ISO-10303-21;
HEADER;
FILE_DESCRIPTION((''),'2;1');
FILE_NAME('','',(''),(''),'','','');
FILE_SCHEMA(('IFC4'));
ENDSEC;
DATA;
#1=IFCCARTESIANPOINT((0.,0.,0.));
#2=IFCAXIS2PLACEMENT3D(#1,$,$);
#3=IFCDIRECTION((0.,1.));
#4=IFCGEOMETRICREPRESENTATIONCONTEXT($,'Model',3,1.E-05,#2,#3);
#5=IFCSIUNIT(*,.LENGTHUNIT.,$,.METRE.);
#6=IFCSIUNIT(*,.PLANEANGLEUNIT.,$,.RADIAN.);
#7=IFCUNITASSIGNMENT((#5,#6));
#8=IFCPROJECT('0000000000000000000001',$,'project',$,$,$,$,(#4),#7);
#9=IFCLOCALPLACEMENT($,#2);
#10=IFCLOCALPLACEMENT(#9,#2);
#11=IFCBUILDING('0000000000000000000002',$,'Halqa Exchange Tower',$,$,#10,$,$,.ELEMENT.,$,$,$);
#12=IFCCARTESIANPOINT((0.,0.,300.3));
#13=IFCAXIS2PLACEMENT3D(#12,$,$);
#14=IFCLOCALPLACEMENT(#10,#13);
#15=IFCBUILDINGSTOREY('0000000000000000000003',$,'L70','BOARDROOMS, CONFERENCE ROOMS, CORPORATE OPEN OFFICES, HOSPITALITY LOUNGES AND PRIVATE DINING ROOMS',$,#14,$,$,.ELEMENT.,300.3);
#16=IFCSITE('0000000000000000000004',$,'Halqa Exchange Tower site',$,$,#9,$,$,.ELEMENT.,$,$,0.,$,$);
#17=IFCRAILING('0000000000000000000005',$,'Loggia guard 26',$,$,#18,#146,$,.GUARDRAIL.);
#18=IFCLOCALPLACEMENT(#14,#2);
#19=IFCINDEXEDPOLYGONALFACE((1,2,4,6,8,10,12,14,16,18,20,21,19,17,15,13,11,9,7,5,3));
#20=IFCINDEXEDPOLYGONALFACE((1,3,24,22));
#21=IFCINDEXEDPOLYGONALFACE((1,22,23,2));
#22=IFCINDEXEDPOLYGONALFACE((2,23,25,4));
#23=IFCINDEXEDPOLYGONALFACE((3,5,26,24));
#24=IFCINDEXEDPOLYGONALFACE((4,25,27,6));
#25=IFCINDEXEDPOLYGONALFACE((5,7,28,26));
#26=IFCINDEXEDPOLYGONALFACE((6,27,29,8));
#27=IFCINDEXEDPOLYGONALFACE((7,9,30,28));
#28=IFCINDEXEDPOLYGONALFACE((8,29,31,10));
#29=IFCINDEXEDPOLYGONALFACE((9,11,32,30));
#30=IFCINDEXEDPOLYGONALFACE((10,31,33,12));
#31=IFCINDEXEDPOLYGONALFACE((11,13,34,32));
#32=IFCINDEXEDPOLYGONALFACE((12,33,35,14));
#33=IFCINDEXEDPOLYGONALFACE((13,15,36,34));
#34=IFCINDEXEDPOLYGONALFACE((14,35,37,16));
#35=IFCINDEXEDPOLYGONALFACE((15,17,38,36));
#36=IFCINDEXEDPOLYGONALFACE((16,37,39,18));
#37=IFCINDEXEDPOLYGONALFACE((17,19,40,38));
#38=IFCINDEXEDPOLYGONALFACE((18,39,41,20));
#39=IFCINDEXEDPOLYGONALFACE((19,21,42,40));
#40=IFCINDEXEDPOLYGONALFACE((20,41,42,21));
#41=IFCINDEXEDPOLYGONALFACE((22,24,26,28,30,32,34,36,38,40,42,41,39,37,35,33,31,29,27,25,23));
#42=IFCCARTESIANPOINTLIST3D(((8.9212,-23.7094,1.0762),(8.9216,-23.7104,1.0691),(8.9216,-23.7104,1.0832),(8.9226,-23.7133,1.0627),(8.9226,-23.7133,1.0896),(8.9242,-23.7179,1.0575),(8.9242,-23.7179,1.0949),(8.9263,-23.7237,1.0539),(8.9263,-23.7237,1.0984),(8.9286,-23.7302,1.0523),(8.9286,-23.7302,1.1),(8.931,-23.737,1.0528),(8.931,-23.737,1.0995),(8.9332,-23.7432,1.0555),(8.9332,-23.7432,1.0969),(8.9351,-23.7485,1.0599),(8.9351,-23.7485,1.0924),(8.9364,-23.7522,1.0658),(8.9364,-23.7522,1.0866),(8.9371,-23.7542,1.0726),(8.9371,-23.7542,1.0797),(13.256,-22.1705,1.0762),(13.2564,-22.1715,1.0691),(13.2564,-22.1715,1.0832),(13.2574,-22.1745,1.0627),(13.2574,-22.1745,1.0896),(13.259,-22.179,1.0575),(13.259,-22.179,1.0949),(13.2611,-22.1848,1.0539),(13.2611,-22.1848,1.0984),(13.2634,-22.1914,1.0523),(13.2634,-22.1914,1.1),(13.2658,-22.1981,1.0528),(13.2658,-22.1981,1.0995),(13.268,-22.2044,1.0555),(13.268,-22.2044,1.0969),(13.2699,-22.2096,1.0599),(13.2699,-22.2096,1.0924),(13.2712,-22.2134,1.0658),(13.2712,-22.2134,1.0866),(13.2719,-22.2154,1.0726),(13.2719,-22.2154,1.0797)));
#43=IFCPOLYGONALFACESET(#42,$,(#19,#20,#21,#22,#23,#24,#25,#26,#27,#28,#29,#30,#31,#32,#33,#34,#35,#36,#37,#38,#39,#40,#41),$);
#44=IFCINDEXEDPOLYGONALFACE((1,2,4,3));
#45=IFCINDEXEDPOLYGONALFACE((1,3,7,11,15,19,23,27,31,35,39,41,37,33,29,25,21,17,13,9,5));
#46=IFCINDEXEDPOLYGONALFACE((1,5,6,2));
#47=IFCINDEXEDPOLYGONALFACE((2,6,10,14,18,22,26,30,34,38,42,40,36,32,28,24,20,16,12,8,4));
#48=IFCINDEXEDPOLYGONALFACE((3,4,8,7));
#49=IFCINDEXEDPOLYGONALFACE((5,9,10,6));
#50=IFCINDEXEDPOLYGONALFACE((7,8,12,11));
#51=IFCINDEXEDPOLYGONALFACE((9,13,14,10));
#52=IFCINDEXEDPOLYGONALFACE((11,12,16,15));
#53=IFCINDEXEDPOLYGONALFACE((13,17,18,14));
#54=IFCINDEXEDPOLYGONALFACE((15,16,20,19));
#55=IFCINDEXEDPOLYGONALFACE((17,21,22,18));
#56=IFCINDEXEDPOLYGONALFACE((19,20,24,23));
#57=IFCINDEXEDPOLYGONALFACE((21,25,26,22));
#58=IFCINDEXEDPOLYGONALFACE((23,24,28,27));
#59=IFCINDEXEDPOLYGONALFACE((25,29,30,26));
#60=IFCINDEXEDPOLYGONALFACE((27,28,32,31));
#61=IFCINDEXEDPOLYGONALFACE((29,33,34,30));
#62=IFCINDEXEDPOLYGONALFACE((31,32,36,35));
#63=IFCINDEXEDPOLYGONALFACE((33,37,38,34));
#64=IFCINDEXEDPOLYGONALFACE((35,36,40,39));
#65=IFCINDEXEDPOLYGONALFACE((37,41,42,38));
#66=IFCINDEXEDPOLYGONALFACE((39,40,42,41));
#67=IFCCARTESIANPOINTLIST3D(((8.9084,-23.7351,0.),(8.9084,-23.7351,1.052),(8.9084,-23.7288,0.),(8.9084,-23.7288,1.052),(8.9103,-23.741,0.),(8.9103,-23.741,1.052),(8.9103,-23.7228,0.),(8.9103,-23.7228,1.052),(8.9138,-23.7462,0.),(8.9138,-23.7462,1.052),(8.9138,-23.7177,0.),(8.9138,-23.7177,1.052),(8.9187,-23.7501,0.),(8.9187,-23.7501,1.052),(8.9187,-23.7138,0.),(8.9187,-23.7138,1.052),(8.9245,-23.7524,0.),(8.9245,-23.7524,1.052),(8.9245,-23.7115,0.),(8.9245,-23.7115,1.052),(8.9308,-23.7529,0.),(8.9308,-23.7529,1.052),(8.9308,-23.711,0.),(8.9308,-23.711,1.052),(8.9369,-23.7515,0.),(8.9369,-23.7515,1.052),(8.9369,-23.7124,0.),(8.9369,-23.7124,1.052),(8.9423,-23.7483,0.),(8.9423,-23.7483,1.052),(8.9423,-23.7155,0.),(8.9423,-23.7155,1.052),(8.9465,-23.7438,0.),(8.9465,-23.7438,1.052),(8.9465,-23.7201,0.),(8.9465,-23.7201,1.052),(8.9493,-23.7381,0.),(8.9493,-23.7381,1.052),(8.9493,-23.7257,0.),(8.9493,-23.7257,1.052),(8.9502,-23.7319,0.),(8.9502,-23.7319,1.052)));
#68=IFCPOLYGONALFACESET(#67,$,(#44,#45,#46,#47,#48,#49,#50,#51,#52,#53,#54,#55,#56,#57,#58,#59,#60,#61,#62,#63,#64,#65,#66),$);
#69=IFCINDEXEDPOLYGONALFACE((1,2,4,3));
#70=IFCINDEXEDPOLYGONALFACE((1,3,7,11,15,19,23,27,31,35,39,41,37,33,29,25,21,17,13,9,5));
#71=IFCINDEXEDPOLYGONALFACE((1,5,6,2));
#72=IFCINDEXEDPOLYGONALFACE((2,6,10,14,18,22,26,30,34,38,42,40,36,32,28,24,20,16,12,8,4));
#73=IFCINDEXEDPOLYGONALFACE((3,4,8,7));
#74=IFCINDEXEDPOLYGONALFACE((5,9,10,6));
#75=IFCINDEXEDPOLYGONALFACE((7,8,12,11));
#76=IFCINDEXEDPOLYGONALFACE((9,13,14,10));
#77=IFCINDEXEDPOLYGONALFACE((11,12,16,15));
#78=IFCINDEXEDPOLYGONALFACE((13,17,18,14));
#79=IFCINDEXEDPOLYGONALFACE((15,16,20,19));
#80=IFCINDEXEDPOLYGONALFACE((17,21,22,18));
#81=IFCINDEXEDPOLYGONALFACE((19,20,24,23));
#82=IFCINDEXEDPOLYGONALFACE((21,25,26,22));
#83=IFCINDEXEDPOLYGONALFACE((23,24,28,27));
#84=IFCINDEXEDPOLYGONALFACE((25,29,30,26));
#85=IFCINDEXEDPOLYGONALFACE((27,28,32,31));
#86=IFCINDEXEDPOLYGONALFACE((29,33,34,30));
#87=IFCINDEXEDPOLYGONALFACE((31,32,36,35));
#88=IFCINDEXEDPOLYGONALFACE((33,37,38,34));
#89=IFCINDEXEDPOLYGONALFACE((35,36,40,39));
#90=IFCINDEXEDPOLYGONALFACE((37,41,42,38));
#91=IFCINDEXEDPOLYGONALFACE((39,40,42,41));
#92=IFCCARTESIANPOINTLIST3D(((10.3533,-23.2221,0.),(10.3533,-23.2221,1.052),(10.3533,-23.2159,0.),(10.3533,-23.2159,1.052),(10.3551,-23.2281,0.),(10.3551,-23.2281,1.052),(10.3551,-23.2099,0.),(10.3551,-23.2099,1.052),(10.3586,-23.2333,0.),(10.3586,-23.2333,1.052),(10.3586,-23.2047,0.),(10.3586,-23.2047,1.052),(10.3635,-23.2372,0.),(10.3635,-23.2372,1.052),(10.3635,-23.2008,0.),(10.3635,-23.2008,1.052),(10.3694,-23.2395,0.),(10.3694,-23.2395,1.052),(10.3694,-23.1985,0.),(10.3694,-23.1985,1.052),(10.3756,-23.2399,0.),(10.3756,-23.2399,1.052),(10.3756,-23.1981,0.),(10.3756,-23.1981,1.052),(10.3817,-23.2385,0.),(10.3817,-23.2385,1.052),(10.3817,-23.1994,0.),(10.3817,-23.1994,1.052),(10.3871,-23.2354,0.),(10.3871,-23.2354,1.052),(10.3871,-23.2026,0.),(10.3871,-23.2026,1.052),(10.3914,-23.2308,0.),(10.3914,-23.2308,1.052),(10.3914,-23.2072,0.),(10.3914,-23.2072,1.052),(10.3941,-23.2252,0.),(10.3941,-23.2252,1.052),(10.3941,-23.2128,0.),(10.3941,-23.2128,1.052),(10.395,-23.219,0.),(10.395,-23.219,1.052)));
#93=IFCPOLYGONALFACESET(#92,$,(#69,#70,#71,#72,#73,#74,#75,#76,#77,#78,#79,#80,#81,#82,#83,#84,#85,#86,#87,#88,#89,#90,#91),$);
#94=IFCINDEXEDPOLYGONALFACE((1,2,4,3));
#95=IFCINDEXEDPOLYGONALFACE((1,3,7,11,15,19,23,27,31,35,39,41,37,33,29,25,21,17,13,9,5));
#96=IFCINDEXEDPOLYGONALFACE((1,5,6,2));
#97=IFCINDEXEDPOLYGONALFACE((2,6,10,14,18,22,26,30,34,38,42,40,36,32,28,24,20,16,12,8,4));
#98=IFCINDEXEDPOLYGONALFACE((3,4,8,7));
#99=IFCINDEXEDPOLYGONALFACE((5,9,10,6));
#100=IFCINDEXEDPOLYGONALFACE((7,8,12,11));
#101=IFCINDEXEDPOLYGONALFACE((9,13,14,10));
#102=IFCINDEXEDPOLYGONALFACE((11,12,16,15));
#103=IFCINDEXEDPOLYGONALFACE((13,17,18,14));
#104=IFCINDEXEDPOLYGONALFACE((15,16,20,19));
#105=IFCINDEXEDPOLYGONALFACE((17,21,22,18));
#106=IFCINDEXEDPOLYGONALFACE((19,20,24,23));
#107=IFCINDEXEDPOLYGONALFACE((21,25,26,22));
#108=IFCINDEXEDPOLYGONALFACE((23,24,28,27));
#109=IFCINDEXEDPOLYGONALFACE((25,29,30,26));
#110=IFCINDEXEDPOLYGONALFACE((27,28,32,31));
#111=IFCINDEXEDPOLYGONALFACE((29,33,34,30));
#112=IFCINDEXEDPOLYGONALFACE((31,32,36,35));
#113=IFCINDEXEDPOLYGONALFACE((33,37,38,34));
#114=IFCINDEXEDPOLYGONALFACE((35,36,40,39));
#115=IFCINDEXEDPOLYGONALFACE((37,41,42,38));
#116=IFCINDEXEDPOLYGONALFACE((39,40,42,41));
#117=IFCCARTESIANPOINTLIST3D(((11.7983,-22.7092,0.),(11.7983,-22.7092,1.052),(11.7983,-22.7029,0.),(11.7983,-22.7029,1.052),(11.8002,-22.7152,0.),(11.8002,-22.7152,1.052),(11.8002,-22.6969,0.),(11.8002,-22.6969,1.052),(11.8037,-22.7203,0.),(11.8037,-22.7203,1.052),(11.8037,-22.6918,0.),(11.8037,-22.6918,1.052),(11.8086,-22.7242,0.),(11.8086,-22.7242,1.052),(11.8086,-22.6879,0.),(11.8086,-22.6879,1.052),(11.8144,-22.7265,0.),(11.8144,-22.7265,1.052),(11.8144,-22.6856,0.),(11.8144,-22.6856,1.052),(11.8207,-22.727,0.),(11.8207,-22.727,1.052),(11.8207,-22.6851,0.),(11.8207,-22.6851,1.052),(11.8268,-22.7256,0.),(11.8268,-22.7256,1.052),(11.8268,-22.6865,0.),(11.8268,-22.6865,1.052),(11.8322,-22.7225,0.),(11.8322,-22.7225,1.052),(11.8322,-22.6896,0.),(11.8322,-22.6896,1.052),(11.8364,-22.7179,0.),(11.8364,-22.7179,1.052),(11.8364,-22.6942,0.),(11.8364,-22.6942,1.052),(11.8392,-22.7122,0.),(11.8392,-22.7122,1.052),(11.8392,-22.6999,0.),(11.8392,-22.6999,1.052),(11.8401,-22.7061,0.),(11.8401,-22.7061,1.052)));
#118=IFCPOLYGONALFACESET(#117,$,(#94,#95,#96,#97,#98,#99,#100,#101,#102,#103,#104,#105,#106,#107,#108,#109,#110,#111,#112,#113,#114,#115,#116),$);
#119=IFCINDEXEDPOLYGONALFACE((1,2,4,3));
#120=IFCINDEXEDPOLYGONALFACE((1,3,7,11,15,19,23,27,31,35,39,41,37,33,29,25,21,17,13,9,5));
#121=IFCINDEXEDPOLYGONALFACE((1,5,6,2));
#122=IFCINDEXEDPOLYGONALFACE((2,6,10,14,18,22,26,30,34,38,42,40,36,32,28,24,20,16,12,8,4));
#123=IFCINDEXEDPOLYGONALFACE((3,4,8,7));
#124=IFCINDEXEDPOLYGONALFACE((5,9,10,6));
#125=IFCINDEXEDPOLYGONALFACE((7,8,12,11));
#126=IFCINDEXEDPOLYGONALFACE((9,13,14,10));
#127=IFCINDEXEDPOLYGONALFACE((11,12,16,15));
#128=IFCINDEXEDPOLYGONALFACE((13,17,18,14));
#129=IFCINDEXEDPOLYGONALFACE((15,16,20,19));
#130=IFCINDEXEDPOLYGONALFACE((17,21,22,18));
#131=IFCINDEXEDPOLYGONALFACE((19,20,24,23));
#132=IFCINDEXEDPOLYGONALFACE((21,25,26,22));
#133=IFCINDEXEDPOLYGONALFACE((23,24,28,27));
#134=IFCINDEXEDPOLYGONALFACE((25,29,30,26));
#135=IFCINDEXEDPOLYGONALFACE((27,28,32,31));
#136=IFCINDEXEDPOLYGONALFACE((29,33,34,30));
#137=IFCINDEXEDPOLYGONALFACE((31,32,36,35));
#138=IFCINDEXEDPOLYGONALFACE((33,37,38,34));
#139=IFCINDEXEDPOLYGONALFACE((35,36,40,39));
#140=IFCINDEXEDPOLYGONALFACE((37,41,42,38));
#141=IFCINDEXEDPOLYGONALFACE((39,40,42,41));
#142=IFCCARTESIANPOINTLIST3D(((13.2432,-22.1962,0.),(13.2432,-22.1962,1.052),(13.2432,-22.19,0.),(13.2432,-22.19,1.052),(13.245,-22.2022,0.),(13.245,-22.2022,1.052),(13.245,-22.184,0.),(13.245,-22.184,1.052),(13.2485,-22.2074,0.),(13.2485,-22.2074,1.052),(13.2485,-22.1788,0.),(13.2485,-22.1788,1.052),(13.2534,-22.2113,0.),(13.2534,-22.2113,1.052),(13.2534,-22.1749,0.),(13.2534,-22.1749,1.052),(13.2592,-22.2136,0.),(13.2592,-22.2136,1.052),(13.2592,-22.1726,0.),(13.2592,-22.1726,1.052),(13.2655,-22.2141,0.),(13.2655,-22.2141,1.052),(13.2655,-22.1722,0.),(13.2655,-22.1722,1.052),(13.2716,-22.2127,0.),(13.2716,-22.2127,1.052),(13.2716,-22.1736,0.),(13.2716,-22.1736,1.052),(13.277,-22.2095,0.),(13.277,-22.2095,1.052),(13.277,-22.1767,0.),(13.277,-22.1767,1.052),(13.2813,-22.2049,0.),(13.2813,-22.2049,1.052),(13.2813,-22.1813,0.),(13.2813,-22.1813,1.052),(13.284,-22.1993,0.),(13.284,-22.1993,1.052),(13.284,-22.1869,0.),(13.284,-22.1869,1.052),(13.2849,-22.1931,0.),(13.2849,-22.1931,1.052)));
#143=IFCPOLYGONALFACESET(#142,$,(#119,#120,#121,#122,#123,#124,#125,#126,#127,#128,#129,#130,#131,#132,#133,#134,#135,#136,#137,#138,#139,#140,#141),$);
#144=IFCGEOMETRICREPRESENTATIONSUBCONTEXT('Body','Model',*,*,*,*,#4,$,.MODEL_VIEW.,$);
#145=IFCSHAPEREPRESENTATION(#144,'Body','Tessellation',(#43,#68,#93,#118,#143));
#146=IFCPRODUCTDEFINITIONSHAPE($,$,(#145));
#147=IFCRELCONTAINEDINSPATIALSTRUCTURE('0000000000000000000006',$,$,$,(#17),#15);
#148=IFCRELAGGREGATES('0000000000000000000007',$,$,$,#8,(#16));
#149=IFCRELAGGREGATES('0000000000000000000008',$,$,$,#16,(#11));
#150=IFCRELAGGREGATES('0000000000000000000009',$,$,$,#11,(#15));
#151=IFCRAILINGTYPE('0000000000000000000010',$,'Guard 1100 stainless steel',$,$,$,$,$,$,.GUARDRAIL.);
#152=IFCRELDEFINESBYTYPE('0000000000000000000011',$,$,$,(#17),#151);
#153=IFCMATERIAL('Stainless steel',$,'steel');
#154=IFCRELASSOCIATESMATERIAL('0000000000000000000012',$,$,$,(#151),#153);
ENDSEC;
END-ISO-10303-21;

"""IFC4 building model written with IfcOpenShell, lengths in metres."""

from ifc_helpers import new_model, si_unit, direction, frame, origin, origin_2d, place, context, subcontext, project, spatial, circle, extrude, material, type_object, element, save


model = new_model("IFC4")

# Units and contexts
model_context = context("Model", 3, precision=1e-05, world=origin(), true_north=direction((0.0, 1.0)))
body_context = subcontext(model_context, "Body", "Model", "MODEL_VIEW")
ifc_project = project(units=[si_unit("LENGTHUNIT", "METRE"), si_unit("PLANEANGLEUNIT", "RADIAN")], contexts=[model_context])

# Site, building, storey
site_placement = place(None, origin())
site = spatial("IfcSite", under=ifc_project, at=site_placement, Name="Halqa Exchange Tower site", CompositionType="ELEMENT", RefElevation=0.0)
building_placement = place(site_placement, origin())
building = spatial("IfcBuilding", under=site, at=building_placement, Name="Halqa Exchange Tower", CompositionType="ELEMENT")
storey_placement = place(building_placement, frame((0.0, 0.0, 300.3)))
storey = spatial("IfcBuildingStorey", under=building, at=storey_placement, Name="L70", Description="BOARDROOMS, CONFERENCE ROOMS, CORPORATE OPEN OFFICES, HOSPITALITY LOUNGES AND PRIVATE DINING ROOMS", CompositionType="ELEMENT", Elevation=300.3)

# Railing
ifc_material_1 = material(Name="Stainless steel", Category="steel")
railing_type_1 = type_object("IfcRailingType", Name="Guard 1100 stainless steel", PredefinedType="GUARDRAIL", material=ifc_material_1)
railing_1_placement = place(storey_placement, frame((8.9292, -23.7319, 0.0)))
element("IfcRailing", 1, at=railing_1_placement, inside=storey, type_object=railing_type_1, Name="Loggia guard 26", PredefinedType="GUARDRAIL", context=body_context, shape_type="SweptSolid", body=[
    extrude(circle(Radius=0.0239, at=origin_2d()), frame((0.0, 0.0, 1.0762), z_axis=(0.94238, 0.334544, 0.0), x_axis=(-0.334544, 0.94238, 0.0)), (0.0, 0.0, 1.0), 4.5999),
    extrude(circle(Radius=0.021, at=origin_2d()), origin(), (0.0, 0.0, 1.0), 1.052),
    extrude(circle(Radius=0.021, at=origin_2d()), frame((1.4448, 0.5129, 0.0)), (0.0, 0.0, 1.0), 1.052),
    extrude(circle(Radius=0.021, at=origin_2d()), frame((2.8899, 1.0259, 0.0)), (0.0, 0.0, 1.0), 1.052),
    extrude(circle(Radius=0.021, at=origin_2d()), frame((4.3347, 1.5388, 0.0)), (0.0, 0.0, 1.0), 1.052),
])

save(model, "model.ifc")
